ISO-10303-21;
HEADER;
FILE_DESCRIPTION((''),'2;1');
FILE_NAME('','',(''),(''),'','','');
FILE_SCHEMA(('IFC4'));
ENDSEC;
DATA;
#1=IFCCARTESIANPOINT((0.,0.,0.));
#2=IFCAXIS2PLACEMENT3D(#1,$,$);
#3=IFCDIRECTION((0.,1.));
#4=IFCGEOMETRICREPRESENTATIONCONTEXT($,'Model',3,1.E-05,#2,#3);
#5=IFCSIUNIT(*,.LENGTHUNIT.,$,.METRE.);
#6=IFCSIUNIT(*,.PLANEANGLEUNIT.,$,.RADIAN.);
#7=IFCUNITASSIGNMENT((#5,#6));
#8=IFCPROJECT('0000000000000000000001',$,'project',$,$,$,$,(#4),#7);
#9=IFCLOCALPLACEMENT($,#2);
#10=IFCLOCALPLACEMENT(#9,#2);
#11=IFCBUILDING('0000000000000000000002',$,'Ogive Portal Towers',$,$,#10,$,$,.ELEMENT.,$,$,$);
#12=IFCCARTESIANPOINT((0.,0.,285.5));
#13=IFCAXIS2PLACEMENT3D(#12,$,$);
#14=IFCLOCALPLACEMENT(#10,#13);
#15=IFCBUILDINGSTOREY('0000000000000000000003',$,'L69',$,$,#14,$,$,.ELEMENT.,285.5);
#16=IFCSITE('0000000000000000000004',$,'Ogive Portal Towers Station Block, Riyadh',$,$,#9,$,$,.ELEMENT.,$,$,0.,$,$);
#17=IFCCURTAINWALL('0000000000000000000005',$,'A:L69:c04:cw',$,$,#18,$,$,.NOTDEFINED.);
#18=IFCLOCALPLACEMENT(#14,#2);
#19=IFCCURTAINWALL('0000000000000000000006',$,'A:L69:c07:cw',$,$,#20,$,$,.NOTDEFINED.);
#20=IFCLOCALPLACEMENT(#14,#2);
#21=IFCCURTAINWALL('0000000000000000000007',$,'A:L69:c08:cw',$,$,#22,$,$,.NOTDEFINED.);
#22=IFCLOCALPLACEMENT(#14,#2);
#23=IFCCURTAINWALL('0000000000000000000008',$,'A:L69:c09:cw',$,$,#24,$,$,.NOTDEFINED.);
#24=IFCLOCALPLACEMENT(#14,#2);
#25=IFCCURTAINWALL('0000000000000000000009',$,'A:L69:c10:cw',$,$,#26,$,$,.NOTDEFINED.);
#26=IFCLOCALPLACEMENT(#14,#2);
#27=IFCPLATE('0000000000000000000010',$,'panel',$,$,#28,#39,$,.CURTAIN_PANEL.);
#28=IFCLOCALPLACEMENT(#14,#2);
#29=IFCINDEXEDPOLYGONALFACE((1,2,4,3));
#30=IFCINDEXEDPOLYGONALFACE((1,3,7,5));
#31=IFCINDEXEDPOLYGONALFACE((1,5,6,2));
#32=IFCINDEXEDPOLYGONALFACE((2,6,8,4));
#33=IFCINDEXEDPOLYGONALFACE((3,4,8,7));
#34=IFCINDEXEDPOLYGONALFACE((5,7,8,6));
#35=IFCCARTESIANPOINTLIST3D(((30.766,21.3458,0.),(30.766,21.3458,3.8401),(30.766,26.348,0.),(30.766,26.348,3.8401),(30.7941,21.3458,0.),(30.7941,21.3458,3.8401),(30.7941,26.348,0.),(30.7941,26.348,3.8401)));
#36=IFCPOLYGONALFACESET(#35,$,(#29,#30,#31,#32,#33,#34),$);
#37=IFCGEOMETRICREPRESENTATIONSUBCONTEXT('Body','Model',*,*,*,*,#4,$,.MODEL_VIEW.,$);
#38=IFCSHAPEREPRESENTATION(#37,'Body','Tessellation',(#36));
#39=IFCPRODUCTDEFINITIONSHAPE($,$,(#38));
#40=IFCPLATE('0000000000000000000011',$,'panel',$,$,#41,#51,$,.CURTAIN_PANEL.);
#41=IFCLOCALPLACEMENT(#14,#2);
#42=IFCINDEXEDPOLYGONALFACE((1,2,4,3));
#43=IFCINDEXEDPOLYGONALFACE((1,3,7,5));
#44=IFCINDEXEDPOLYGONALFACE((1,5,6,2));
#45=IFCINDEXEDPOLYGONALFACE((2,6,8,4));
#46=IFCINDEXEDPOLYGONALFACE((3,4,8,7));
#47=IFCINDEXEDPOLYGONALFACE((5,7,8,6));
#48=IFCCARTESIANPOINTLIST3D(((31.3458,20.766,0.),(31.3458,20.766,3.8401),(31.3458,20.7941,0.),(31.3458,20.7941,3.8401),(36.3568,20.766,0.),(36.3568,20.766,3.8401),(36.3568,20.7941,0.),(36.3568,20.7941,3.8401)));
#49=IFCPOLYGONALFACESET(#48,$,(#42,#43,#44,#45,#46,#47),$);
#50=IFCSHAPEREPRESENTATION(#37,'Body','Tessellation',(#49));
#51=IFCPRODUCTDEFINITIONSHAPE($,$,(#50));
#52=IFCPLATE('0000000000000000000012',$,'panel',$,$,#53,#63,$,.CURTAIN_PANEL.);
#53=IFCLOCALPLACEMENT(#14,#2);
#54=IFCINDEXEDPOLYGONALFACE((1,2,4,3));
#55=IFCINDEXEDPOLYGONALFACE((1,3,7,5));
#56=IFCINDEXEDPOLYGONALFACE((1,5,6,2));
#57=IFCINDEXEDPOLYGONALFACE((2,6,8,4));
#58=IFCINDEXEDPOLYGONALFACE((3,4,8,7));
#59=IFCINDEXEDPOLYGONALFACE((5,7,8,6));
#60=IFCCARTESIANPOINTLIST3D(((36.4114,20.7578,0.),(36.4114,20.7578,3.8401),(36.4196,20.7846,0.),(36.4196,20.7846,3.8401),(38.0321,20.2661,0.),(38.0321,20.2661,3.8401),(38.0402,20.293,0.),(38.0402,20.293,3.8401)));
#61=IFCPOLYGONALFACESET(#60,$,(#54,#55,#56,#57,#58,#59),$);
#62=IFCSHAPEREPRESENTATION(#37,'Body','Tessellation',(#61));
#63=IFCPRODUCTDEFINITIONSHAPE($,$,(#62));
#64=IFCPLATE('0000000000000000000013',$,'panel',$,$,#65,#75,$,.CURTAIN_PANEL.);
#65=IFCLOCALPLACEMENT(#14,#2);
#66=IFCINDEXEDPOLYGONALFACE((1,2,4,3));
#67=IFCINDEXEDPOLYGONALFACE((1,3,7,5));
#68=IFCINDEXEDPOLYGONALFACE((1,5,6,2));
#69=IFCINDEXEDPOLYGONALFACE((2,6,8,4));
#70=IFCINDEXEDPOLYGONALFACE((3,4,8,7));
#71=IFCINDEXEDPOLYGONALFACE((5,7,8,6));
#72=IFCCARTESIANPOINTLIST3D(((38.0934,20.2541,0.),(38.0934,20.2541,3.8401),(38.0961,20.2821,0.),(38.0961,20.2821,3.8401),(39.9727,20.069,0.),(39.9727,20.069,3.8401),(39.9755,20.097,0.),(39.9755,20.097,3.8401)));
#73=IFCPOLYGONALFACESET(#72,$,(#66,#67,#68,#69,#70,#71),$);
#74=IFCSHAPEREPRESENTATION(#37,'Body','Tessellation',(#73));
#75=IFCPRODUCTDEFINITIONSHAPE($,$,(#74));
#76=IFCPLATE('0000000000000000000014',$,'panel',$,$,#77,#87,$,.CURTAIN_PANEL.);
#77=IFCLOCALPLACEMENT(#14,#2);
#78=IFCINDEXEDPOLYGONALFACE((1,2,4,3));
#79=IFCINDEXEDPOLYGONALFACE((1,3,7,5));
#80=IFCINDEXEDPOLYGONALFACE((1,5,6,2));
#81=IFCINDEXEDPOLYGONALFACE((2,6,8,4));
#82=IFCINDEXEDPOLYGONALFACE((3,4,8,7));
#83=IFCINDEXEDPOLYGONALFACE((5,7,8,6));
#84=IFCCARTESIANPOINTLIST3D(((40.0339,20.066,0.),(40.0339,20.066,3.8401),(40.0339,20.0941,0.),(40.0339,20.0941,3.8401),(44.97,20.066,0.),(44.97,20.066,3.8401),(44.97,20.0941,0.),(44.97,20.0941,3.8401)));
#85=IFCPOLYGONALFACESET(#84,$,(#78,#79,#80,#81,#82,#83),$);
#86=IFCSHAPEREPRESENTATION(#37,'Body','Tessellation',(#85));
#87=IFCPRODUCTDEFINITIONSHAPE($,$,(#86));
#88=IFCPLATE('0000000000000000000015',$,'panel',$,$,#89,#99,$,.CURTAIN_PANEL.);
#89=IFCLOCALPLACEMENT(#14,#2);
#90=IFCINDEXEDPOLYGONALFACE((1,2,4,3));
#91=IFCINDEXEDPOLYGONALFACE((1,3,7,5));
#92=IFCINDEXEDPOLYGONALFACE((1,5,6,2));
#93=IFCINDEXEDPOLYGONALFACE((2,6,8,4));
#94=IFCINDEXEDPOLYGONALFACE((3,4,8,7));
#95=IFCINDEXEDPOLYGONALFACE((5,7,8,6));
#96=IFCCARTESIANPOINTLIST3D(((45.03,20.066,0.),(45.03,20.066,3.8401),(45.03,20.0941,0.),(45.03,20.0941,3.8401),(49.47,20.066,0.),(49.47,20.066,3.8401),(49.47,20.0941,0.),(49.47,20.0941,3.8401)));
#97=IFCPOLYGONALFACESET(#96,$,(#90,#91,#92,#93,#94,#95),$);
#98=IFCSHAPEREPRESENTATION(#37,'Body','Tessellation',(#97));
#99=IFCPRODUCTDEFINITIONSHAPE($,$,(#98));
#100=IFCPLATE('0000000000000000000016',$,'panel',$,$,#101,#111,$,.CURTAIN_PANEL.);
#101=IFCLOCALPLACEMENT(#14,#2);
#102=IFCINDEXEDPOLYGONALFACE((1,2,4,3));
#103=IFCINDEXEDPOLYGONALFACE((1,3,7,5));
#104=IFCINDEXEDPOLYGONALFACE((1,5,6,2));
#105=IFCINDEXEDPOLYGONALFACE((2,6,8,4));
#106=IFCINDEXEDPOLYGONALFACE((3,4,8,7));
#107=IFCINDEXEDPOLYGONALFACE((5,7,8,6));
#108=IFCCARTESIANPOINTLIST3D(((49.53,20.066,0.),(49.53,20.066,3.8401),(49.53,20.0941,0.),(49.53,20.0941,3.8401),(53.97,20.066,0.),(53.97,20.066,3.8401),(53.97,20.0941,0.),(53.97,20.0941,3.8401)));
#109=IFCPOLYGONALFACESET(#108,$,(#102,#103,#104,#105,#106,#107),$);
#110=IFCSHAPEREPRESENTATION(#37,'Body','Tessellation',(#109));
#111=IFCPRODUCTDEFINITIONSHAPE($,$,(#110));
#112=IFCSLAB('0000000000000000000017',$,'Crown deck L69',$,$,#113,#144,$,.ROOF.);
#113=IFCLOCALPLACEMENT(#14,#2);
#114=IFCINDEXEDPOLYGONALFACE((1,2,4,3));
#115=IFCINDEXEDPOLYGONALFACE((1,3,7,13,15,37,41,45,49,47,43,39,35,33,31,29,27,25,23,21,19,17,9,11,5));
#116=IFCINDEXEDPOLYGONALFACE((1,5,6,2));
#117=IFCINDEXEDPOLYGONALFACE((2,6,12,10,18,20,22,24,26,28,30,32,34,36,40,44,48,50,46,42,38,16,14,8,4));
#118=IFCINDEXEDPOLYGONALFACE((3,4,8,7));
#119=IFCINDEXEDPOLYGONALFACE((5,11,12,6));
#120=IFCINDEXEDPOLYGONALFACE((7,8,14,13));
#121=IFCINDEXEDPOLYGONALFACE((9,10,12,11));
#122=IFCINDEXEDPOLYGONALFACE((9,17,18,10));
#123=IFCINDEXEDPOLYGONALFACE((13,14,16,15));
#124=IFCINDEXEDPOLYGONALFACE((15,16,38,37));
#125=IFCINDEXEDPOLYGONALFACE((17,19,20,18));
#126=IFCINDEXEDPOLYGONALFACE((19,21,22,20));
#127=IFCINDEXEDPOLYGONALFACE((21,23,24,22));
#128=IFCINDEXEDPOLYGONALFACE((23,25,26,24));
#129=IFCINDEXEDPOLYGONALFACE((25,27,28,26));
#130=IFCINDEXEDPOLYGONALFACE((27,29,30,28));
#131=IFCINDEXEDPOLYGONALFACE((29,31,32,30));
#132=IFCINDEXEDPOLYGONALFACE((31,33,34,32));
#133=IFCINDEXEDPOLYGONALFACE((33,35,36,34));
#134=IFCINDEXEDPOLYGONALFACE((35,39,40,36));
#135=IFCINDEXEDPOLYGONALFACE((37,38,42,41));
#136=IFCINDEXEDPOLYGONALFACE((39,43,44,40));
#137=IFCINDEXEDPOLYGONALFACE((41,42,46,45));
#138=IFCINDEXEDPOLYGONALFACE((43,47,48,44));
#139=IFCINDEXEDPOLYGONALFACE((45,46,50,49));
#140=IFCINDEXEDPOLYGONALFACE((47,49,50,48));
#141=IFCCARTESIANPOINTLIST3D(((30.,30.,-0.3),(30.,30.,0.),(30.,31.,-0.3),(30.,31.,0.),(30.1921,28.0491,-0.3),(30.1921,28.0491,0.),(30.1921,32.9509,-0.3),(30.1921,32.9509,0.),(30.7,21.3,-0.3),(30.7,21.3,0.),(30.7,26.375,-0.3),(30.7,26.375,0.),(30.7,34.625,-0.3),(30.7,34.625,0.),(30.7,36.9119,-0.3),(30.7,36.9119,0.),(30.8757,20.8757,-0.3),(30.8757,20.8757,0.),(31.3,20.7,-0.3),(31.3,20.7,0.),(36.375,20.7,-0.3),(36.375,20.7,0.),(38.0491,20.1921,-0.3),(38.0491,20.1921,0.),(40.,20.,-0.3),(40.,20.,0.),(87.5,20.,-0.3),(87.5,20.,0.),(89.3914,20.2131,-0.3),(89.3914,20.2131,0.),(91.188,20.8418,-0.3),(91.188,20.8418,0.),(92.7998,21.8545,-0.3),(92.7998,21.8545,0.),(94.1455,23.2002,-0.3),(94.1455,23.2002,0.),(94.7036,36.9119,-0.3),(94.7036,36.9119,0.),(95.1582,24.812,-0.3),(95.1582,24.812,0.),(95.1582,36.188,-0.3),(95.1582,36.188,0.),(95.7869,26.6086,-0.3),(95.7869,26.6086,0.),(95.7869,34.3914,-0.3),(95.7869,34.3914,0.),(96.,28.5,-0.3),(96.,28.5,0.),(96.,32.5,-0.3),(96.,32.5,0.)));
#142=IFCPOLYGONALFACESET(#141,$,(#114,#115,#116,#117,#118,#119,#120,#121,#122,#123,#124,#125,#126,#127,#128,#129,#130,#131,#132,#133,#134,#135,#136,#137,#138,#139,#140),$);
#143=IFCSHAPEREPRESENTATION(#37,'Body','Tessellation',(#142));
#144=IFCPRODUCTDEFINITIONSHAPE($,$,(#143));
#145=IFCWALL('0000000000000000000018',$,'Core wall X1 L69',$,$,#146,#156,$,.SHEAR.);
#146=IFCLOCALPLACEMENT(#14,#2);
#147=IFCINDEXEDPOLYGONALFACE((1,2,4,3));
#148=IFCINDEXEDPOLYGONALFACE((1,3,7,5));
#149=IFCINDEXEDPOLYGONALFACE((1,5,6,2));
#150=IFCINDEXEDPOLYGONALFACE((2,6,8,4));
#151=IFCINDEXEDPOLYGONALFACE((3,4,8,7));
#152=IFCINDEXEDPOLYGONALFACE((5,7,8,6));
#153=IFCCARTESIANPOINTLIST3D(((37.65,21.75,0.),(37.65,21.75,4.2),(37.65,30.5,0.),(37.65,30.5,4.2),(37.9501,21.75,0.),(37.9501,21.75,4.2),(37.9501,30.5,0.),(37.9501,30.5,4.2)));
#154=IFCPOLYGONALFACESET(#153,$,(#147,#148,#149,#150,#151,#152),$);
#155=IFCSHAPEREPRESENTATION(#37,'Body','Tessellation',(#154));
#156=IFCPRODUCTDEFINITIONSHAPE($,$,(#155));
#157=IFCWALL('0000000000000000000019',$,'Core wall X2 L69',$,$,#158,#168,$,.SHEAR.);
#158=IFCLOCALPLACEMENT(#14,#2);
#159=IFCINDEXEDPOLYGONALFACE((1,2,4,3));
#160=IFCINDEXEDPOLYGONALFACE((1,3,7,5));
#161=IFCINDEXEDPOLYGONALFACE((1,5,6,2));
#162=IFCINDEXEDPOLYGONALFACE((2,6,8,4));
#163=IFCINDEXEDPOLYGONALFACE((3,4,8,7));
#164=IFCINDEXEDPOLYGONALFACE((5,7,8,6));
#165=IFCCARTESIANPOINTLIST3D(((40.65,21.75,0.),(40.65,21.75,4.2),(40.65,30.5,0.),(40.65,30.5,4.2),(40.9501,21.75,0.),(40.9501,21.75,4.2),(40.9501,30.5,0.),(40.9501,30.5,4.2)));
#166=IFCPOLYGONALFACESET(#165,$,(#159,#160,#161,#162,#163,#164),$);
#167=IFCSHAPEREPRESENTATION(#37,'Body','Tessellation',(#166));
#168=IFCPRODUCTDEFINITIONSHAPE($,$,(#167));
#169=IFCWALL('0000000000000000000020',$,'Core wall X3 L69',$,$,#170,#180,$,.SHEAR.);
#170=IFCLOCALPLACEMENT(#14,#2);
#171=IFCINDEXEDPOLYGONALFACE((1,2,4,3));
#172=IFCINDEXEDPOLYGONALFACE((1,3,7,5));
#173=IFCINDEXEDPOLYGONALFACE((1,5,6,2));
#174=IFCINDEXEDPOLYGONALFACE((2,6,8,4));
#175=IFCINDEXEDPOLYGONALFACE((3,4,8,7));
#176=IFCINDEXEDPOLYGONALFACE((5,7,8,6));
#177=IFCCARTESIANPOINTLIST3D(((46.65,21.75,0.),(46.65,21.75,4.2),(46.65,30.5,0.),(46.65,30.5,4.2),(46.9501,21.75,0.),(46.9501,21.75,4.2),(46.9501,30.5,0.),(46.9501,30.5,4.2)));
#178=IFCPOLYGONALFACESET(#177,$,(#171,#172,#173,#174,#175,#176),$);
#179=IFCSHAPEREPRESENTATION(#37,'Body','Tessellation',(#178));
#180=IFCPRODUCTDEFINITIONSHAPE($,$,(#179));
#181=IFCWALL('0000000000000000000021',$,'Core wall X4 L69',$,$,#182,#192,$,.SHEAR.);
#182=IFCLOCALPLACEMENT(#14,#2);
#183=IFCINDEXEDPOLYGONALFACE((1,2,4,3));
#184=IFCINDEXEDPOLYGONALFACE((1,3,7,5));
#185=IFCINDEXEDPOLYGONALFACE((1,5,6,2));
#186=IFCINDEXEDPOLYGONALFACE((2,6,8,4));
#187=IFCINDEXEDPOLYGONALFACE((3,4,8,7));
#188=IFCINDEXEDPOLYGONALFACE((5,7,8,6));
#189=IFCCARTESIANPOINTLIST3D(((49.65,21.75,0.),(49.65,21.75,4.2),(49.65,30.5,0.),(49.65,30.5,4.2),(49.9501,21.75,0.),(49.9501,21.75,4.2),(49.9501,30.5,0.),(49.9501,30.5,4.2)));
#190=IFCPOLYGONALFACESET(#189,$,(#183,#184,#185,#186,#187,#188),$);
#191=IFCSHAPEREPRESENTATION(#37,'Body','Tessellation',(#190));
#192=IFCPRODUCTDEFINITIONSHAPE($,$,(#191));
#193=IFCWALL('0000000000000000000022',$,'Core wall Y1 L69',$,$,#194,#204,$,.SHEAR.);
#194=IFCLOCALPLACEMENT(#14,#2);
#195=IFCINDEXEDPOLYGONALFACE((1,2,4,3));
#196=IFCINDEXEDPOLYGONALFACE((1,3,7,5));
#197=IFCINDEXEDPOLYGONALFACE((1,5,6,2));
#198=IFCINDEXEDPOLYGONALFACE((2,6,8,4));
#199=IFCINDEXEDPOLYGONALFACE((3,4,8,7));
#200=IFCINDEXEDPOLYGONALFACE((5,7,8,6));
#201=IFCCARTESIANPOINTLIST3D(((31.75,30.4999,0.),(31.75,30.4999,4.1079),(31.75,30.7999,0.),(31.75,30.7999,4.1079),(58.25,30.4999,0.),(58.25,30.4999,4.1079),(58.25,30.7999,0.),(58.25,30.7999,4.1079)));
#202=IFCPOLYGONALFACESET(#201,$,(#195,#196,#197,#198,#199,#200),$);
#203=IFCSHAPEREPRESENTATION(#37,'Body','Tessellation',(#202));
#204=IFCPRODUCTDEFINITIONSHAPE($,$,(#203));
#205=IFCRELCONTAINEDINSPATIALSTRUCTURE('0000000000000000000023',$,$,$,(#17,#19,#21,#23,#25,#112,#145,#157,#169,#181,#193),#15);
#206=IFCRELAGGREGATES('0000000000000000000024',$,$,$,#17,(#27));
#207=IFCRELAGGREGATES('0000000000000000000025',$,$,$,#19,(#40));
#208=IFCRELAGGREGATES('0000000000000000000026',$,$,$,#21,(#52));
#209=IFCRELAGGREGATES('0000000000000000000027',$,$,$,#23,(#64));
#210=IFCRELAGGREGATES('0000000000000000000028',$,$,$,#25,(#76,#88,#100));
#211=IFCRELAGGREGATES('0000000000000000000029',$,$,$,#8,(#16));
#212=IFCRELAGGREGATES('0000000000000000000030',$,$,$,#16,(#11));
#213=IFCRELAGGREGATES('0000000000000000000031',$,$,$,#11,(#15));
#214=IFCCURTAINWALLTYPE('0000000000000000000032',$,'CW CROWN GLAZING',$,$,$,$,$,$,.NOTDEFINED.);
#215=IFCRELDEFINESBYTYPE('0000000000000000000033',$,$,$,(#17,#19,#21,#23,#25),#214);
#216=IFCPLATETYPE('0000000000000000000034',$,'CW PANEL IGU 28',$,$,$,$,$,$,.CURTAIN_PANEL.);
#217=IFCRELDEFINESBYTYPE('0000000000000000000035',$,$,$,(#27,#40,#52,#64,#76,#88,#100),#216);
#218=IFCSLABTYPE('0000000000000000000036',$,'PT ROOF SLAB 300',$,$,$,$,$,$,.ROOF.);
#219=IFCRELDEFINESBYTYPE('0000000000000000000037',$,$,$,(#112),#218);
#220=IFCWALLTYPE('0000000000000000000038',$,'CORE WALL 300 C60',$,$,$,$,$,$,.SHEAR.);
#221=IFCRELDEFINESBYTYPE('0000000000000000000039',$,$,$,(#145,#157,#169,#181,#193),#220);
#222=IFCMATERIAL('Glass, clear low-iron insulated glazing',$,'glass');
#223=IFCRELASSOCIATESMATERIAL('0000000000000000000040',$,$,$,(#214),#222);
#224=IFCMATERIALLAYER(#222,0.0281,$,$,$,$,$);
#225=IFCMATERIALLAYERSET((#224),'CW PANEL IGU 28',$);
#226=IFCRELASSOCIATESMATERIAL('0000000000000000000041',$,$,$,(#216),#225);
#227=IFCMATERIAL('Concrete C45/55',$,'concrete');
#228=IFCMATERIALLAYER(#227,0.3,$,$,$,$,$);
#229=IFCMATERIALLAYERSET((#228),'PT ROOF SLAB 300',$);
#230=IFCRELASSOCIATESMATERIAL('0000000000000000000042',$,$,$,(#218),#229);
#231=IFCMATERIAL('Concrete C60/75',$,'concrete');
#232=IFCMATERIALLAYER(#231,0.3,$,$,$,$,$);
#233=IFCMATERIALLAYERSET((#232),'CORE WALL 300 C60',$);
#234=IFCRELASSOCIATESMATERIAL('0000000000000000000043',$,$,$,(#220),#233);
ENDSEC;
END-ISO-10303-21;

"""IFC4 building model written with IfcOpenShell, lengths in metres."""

from ifc_helpers import new_model, si_unit, direction, frame, frame_2d, origin, origin_2d, place, context, subcontext, project, spatial, polyline, rectangle, outline, extrude, material, layer, layer_set, type_object, element, aggregate, save


model = new_model("IFC4")

# Units and contexts
model_context = context("Model", 3, precision=1e-05, world=origin(), true_north=direction((0.0, 1.0)))
body_context = subcontext(model_context, "Body", "Model", "MODEL_VIEW")
ifc_project = project(units=[si_unit("LENGTHUNIT", "METRE"), si_unit("PLANEANGLEUNIT", "RADIAN")], contexts=[model_context])

# Site, building, storey
site_placement = place(None, origin())
site = spatial("IfcSite", under=ifc_project, at=site_placement, Name="Ogive Portal Towers Station Block, Riyadh", CompositionType="ELEMENT", RefElevation=0.0)
building_placement = place(site_placement, origin())
building = spatial("IfcBuilding", under=site, at=building_placement, Name="Ogive Portal Towers", CompositionType="ELEMENT")
storey_placement = place(building_placement, frame((0.0, 0.0, 285.5)))
storey = spatial("IfcBuildingStorey", under=building, at=storey_placement, Name="L69", CompositionType="ELEMENT", Elevation=285.5)

# Curtain walls
ifc_material_1 = material(Name="Glass, clear low-iron insulated glazing", Category="glass")
curtain_wall_type = type_object("IfcCurtainWallType", Name="CW CROWN GLAZING", PredefinedType="NOTDEFINED", material=ifc_material_1)
curtain_wall_1_placement = place(storey_placement, origin())
curtain_wall_1 = element("IfcCurtainWall", 1, at=curtain_wall_1_placement, inside=storey, type_object=curtain_wall_type, Name="A:L69:c04:cw", PredefinedType="NOTDEFINED")
curtain_wall_2_placement = place(storey_placement, origin())
curtain_wall_2 = element("IfcCurtainWall", 2, at=curtain_wall_2_placement, inside=storey, type_object=curtain_wall_type, Name="A:L69:c07:cw", PredefinedType="NOTDEFINED")

# Curtain walls
curtain_wall_3_placement = place(storey_placement, origin())
curtain_wall_3 = element("IfcCurtainWall", 3, at=curtain_wall_3_placement, inside=storey, type_object=curtain_wall_type, Name="A:L69:c08:cw", PredefinedType="NOTDEFINED")
curtain_wall_4_placement = place(storey_placement, origin())
curtain_wall_4 = element("IfcCurtainWall", 4, at=curtain_wall_4_placement, inside=storey, type_object=curtain_wall_type, Name="A:L69:c09:cw", PredefinedType="NOTDEFINED")

# Curtain wall
curtain_wall_5_placement = place(storey_placement, origin())
curtain_wall_5 = element("IfcCurtainWall", 5, at=curtain_wall_5_placement, inside=storey, type_object=curtain_wall_type, Name="A:L69:c10:cw", PredefinedType="NOTDEFINED")

# Plates
ifc_layer_1 = layer(ifc_material_1, 0.0281)
ifc_layer_set_1 = layer_set([ifc_layer_1], Name="CW PANEL IGU 28")
plate_type = type_object("IfcPlateType", Name="CW PANEL IGU 28", PredefinedType="CURTAIN_PANEL", material=ifc_layer_set_1)
plate_1_placement = place(storey_placement, frame((30.78, 23.8469, 0.0), z_axis=(0.0, 0.0, 1.0), x_axis=(0.0, -1.0, 0.0)))
plate_1 = element("IfcPlate", 6, at=plate_1_placement, type_object=plate_type, Name="panel", PredefinedType="CURTAIN_PANEL", context=body_context, shape_type="SweptSolid", body=[
    extrude(rectangle(XDim=5.0022, YDim=0.0281, at=origin_2d()), origin(), (0.0, 0.0, 1.0), 3.8401),
])
aggregate(curtain_wall_1, [plate_1])
plate_2_placement = place(storey_placement, frame((33.8513, 20.78, 0.0), z_axis=(0.0, 0.0, 1.0), x_axis=(1.0, 0.0, 0.0)))
plate_2 = element("IfcPlate", 7, at=plate_2_placement, type_object=plate_type, Name="panel", PredefinedType="CURTAIN_PANEL", context=body_context, shape_type="SweptSolid", body=[
    extrude(rectangle(XDim=5.011, YDim=0.0281, at=origin_2d()), origin(), (0.0, 0.0, 1.0), 3.8401),
])
aggregate(curtain_wall_2, [plate_2])
plate_3_placement = place(storey_placement, frame((37.2258, 20.5254, 0.0), z_axis=(0.0, 0.0, 1.0), x_axis=(0.95694, -0.290285, 0.0)))
plate_3 = element("IfcPlate", 8, at=plate_3_placement, type_object=plate_type, Name="panel", PredefinedType="CURTAIN_PANEL", context=body_context, shape_type="SweptSolid", body=[
    extrude(rectangle(XDim=1.6936, YDim=0.0281, at=origin_2d()), origin(), (0.0, 0.0, 1.0), 3.8401),
])
aggregate(curtain_wall_3, [plate_3])
plate_4_placement = place(storey_placement, frame((39.0344, 20.1755, 0.0), z_axis=(0.0, 0.0, 1.0), x_axis=(0.995185, -0.098017, 0.0)))
plate_4 = element("IfcPlate", 9, at=plate_4_placement, type_object=plate_type, Name="panel", PredefinedType="CURTAIN_PANEL", context=body_context, shape_type="SweptSolid", body=[
    extrude(rectangle(XDim=1.8884, YDim=0.0281, at=origin_2d()), origin(), (0.0, 0.0, 1.0), 3.8401),
])
aggregate(curtain_wall_4, [plate_4])
plate_5_placement = place(storey_placement, frame((42.502, 20.0801, 0.0), z_axis=(0.0, 0.0, 1.0), x_axis=(1.0, 0.0, 0.0)))
plate_5 = element("IfcPlate", 10, at=plate_5_placement, type_object=plate_type, Name="panel", PredefinedType="CURTAIN_PANEL", context=body_context, shape_type="SweptSolid", body=[
    extrude(rectangle(XDim=4.936, YDim=0.0281, at=origin_2d()), origin(), (0.0, 0.0, 1.0), 3.8401),
])
plate_6_placement = place(storey_placement, frame((47.25, 20.0801, 0.0), z_axis=(0.0, 0.0, 1.0), x_axis=(1.0, 0.0, 0.0)))
plate_6 = element("IfcPlate", 11, at=plate_6_placement, type_object=plate_type, Name="panel", PredefinedType="CURTAIN_PANEL", context=body_context, shape_type="SweptSolid", body=[
    extrude(rectangle(XDim=4.4399, YDim=0.0281, at=origin_2d()), origin(), (0.0, 0.0, 1.0), 3.8401),
])
plate_7_placement = place(storey_placement, frame((51.75, 20.0801, 0.0), z_axis=(0.0, 0.0, 1.0), x_axis=(1.0, 0.0, 0.0)))
plate_7 = element("IfcPlate", 12, at=plate_7_placement, type_object=plate_type, Name="panel", PredefinedType="CURTAIN_PANEL", context=body_context, shape_type="SweptSolid", body=[
    extrude(rectangle(XDim=4.4399, YDim=0.0281, at=origin_2d()), origin(), (0.0, 0.0, 1.0), 3.8401),
])
aggregate(curtain_wall_5, [plate_5, plate_6, plate_7])

# Slab
ifc_material_2 = material(Name="Concrete C45/55", Category="concrete")
ifc_layer_2 = layer(ifc_material_2, 0.3)
ifc_layer_set_2 = layer_set([ifc_layer_2], Name="PT ROOF SLAB 300")
slab_type = type_object("IfcSlabType", Name="PT ROOF SLAB 300", PredefinedType="ROOF", material=ifc_layer_set_2)
slab_placement = place(storey_placement, frame((0.0, 0.0, -0.3)))
element("IfcSlab", 13, at=slab_placement, inside=storey, type_object=slab_type, Name="Crown deck L69", PredefinedType="ROOF", context=body_context, shape_type="SweptSolid", body=[
    extrude(outline(polyline([(95.7869, 34.3914), (95.1582, 36.188), (94.7036, 36.9119), (30.7, 36.9119), (30.7, 34.625), (30.1921, 32.9509), (30.0, 31.0), (30.0, 30.0), (30.1921, 28.0491), (30.7, 26.375), (30.7, 21.3), (30.8757, 20.8757), (31.3, 20.7), (36.375, 20.7), (38.0491, 20.1921), (40.0, 20.0), (87.5, 20.0), (89.3914, 20.2131), (91.188, 20.8418), (92.7998, 21.8545), (94.1455, 23.2002), (95.1582, 24.812), (95.7869, 26.6086), (96.0, 28.5), (96.0, 32.5), (95.7869, 34.3914)])), origin(), (0.0, 0.0, 1.0), 0.3),
])

# Walls
ifc_material_3 = material(Name="Concrete C60/75", Category="concrete")
ifc_layer_3 = layer(ifc_material_3, 0.3)
ifc_layer_set_3 = layer_set([ifc_layer_3], Name="CORE WALL 300 C60")
wall_type_1 = type_object("IfcWallType", Name="CORE WALL 300 C60", PredefinedType="SHEAR", material=ifc_layer_set_3)
for number, where, z_axis, x_axis, name in (
    (14, (37.8, 21.75, 0.0), (0.0, 0.0, 1.0), (0.0, 1.0, 0.0), "Core wall X1 L69"),
    (15, (40.8, 21.75, 0.0), (0.0, 0.0, 1.0), (0.0, 1.0, 0.0), "Core wall X2 L69"),
    (16, (46.8, 21.75, 0.0), (0.0, 0.0, 1.0), (0.0, 1.0, 0.0), "Core wall X3 L69"),
    (17, (49.8, 21.75, 0.0), (0.0, 0.0, 1.0), (0.0, 1.0, 0.0), "Core wall X4 L69"),
):
    element("IfcWall", number, at=place(storey_placement, frame(where, z_axis=z_axis, x_axis=x_axis)), inside=storey, type_object=wall_type_1, Name=name, PredefinedType="SHEAR", context=body_context, shape_type="SweptSolid", body=[
        extrude(rectangle(XDim=8.75, YDim=0.3, at=frame_2d((4.375, 0.0))), origin(), (0.0, 0.0, 1.0), 4.2),
    ])
wall_1_placement = place(storey_placement, frame((31.75, 30.6499, 0.0), z_axis=(0.0, 0.0, 1.0), x_axis=(1.0, 0.0, 0.0)))
element("IfcWall", 18, at=wall_1_placement, inside=storey, type_object=wall_type_1, Name="Core wall Y1 L69", PredefinedType="SHEAR", context=body_context, shape_type="SweptSolid", body=[
    extrude(rectangle(XDim=26.5, YDim=0.3, at=frame_2d((13.25, 0.0))), origin(), (0.0, 0.0, 1.0), 4.1079),
])

save(model, "model.ifc")
